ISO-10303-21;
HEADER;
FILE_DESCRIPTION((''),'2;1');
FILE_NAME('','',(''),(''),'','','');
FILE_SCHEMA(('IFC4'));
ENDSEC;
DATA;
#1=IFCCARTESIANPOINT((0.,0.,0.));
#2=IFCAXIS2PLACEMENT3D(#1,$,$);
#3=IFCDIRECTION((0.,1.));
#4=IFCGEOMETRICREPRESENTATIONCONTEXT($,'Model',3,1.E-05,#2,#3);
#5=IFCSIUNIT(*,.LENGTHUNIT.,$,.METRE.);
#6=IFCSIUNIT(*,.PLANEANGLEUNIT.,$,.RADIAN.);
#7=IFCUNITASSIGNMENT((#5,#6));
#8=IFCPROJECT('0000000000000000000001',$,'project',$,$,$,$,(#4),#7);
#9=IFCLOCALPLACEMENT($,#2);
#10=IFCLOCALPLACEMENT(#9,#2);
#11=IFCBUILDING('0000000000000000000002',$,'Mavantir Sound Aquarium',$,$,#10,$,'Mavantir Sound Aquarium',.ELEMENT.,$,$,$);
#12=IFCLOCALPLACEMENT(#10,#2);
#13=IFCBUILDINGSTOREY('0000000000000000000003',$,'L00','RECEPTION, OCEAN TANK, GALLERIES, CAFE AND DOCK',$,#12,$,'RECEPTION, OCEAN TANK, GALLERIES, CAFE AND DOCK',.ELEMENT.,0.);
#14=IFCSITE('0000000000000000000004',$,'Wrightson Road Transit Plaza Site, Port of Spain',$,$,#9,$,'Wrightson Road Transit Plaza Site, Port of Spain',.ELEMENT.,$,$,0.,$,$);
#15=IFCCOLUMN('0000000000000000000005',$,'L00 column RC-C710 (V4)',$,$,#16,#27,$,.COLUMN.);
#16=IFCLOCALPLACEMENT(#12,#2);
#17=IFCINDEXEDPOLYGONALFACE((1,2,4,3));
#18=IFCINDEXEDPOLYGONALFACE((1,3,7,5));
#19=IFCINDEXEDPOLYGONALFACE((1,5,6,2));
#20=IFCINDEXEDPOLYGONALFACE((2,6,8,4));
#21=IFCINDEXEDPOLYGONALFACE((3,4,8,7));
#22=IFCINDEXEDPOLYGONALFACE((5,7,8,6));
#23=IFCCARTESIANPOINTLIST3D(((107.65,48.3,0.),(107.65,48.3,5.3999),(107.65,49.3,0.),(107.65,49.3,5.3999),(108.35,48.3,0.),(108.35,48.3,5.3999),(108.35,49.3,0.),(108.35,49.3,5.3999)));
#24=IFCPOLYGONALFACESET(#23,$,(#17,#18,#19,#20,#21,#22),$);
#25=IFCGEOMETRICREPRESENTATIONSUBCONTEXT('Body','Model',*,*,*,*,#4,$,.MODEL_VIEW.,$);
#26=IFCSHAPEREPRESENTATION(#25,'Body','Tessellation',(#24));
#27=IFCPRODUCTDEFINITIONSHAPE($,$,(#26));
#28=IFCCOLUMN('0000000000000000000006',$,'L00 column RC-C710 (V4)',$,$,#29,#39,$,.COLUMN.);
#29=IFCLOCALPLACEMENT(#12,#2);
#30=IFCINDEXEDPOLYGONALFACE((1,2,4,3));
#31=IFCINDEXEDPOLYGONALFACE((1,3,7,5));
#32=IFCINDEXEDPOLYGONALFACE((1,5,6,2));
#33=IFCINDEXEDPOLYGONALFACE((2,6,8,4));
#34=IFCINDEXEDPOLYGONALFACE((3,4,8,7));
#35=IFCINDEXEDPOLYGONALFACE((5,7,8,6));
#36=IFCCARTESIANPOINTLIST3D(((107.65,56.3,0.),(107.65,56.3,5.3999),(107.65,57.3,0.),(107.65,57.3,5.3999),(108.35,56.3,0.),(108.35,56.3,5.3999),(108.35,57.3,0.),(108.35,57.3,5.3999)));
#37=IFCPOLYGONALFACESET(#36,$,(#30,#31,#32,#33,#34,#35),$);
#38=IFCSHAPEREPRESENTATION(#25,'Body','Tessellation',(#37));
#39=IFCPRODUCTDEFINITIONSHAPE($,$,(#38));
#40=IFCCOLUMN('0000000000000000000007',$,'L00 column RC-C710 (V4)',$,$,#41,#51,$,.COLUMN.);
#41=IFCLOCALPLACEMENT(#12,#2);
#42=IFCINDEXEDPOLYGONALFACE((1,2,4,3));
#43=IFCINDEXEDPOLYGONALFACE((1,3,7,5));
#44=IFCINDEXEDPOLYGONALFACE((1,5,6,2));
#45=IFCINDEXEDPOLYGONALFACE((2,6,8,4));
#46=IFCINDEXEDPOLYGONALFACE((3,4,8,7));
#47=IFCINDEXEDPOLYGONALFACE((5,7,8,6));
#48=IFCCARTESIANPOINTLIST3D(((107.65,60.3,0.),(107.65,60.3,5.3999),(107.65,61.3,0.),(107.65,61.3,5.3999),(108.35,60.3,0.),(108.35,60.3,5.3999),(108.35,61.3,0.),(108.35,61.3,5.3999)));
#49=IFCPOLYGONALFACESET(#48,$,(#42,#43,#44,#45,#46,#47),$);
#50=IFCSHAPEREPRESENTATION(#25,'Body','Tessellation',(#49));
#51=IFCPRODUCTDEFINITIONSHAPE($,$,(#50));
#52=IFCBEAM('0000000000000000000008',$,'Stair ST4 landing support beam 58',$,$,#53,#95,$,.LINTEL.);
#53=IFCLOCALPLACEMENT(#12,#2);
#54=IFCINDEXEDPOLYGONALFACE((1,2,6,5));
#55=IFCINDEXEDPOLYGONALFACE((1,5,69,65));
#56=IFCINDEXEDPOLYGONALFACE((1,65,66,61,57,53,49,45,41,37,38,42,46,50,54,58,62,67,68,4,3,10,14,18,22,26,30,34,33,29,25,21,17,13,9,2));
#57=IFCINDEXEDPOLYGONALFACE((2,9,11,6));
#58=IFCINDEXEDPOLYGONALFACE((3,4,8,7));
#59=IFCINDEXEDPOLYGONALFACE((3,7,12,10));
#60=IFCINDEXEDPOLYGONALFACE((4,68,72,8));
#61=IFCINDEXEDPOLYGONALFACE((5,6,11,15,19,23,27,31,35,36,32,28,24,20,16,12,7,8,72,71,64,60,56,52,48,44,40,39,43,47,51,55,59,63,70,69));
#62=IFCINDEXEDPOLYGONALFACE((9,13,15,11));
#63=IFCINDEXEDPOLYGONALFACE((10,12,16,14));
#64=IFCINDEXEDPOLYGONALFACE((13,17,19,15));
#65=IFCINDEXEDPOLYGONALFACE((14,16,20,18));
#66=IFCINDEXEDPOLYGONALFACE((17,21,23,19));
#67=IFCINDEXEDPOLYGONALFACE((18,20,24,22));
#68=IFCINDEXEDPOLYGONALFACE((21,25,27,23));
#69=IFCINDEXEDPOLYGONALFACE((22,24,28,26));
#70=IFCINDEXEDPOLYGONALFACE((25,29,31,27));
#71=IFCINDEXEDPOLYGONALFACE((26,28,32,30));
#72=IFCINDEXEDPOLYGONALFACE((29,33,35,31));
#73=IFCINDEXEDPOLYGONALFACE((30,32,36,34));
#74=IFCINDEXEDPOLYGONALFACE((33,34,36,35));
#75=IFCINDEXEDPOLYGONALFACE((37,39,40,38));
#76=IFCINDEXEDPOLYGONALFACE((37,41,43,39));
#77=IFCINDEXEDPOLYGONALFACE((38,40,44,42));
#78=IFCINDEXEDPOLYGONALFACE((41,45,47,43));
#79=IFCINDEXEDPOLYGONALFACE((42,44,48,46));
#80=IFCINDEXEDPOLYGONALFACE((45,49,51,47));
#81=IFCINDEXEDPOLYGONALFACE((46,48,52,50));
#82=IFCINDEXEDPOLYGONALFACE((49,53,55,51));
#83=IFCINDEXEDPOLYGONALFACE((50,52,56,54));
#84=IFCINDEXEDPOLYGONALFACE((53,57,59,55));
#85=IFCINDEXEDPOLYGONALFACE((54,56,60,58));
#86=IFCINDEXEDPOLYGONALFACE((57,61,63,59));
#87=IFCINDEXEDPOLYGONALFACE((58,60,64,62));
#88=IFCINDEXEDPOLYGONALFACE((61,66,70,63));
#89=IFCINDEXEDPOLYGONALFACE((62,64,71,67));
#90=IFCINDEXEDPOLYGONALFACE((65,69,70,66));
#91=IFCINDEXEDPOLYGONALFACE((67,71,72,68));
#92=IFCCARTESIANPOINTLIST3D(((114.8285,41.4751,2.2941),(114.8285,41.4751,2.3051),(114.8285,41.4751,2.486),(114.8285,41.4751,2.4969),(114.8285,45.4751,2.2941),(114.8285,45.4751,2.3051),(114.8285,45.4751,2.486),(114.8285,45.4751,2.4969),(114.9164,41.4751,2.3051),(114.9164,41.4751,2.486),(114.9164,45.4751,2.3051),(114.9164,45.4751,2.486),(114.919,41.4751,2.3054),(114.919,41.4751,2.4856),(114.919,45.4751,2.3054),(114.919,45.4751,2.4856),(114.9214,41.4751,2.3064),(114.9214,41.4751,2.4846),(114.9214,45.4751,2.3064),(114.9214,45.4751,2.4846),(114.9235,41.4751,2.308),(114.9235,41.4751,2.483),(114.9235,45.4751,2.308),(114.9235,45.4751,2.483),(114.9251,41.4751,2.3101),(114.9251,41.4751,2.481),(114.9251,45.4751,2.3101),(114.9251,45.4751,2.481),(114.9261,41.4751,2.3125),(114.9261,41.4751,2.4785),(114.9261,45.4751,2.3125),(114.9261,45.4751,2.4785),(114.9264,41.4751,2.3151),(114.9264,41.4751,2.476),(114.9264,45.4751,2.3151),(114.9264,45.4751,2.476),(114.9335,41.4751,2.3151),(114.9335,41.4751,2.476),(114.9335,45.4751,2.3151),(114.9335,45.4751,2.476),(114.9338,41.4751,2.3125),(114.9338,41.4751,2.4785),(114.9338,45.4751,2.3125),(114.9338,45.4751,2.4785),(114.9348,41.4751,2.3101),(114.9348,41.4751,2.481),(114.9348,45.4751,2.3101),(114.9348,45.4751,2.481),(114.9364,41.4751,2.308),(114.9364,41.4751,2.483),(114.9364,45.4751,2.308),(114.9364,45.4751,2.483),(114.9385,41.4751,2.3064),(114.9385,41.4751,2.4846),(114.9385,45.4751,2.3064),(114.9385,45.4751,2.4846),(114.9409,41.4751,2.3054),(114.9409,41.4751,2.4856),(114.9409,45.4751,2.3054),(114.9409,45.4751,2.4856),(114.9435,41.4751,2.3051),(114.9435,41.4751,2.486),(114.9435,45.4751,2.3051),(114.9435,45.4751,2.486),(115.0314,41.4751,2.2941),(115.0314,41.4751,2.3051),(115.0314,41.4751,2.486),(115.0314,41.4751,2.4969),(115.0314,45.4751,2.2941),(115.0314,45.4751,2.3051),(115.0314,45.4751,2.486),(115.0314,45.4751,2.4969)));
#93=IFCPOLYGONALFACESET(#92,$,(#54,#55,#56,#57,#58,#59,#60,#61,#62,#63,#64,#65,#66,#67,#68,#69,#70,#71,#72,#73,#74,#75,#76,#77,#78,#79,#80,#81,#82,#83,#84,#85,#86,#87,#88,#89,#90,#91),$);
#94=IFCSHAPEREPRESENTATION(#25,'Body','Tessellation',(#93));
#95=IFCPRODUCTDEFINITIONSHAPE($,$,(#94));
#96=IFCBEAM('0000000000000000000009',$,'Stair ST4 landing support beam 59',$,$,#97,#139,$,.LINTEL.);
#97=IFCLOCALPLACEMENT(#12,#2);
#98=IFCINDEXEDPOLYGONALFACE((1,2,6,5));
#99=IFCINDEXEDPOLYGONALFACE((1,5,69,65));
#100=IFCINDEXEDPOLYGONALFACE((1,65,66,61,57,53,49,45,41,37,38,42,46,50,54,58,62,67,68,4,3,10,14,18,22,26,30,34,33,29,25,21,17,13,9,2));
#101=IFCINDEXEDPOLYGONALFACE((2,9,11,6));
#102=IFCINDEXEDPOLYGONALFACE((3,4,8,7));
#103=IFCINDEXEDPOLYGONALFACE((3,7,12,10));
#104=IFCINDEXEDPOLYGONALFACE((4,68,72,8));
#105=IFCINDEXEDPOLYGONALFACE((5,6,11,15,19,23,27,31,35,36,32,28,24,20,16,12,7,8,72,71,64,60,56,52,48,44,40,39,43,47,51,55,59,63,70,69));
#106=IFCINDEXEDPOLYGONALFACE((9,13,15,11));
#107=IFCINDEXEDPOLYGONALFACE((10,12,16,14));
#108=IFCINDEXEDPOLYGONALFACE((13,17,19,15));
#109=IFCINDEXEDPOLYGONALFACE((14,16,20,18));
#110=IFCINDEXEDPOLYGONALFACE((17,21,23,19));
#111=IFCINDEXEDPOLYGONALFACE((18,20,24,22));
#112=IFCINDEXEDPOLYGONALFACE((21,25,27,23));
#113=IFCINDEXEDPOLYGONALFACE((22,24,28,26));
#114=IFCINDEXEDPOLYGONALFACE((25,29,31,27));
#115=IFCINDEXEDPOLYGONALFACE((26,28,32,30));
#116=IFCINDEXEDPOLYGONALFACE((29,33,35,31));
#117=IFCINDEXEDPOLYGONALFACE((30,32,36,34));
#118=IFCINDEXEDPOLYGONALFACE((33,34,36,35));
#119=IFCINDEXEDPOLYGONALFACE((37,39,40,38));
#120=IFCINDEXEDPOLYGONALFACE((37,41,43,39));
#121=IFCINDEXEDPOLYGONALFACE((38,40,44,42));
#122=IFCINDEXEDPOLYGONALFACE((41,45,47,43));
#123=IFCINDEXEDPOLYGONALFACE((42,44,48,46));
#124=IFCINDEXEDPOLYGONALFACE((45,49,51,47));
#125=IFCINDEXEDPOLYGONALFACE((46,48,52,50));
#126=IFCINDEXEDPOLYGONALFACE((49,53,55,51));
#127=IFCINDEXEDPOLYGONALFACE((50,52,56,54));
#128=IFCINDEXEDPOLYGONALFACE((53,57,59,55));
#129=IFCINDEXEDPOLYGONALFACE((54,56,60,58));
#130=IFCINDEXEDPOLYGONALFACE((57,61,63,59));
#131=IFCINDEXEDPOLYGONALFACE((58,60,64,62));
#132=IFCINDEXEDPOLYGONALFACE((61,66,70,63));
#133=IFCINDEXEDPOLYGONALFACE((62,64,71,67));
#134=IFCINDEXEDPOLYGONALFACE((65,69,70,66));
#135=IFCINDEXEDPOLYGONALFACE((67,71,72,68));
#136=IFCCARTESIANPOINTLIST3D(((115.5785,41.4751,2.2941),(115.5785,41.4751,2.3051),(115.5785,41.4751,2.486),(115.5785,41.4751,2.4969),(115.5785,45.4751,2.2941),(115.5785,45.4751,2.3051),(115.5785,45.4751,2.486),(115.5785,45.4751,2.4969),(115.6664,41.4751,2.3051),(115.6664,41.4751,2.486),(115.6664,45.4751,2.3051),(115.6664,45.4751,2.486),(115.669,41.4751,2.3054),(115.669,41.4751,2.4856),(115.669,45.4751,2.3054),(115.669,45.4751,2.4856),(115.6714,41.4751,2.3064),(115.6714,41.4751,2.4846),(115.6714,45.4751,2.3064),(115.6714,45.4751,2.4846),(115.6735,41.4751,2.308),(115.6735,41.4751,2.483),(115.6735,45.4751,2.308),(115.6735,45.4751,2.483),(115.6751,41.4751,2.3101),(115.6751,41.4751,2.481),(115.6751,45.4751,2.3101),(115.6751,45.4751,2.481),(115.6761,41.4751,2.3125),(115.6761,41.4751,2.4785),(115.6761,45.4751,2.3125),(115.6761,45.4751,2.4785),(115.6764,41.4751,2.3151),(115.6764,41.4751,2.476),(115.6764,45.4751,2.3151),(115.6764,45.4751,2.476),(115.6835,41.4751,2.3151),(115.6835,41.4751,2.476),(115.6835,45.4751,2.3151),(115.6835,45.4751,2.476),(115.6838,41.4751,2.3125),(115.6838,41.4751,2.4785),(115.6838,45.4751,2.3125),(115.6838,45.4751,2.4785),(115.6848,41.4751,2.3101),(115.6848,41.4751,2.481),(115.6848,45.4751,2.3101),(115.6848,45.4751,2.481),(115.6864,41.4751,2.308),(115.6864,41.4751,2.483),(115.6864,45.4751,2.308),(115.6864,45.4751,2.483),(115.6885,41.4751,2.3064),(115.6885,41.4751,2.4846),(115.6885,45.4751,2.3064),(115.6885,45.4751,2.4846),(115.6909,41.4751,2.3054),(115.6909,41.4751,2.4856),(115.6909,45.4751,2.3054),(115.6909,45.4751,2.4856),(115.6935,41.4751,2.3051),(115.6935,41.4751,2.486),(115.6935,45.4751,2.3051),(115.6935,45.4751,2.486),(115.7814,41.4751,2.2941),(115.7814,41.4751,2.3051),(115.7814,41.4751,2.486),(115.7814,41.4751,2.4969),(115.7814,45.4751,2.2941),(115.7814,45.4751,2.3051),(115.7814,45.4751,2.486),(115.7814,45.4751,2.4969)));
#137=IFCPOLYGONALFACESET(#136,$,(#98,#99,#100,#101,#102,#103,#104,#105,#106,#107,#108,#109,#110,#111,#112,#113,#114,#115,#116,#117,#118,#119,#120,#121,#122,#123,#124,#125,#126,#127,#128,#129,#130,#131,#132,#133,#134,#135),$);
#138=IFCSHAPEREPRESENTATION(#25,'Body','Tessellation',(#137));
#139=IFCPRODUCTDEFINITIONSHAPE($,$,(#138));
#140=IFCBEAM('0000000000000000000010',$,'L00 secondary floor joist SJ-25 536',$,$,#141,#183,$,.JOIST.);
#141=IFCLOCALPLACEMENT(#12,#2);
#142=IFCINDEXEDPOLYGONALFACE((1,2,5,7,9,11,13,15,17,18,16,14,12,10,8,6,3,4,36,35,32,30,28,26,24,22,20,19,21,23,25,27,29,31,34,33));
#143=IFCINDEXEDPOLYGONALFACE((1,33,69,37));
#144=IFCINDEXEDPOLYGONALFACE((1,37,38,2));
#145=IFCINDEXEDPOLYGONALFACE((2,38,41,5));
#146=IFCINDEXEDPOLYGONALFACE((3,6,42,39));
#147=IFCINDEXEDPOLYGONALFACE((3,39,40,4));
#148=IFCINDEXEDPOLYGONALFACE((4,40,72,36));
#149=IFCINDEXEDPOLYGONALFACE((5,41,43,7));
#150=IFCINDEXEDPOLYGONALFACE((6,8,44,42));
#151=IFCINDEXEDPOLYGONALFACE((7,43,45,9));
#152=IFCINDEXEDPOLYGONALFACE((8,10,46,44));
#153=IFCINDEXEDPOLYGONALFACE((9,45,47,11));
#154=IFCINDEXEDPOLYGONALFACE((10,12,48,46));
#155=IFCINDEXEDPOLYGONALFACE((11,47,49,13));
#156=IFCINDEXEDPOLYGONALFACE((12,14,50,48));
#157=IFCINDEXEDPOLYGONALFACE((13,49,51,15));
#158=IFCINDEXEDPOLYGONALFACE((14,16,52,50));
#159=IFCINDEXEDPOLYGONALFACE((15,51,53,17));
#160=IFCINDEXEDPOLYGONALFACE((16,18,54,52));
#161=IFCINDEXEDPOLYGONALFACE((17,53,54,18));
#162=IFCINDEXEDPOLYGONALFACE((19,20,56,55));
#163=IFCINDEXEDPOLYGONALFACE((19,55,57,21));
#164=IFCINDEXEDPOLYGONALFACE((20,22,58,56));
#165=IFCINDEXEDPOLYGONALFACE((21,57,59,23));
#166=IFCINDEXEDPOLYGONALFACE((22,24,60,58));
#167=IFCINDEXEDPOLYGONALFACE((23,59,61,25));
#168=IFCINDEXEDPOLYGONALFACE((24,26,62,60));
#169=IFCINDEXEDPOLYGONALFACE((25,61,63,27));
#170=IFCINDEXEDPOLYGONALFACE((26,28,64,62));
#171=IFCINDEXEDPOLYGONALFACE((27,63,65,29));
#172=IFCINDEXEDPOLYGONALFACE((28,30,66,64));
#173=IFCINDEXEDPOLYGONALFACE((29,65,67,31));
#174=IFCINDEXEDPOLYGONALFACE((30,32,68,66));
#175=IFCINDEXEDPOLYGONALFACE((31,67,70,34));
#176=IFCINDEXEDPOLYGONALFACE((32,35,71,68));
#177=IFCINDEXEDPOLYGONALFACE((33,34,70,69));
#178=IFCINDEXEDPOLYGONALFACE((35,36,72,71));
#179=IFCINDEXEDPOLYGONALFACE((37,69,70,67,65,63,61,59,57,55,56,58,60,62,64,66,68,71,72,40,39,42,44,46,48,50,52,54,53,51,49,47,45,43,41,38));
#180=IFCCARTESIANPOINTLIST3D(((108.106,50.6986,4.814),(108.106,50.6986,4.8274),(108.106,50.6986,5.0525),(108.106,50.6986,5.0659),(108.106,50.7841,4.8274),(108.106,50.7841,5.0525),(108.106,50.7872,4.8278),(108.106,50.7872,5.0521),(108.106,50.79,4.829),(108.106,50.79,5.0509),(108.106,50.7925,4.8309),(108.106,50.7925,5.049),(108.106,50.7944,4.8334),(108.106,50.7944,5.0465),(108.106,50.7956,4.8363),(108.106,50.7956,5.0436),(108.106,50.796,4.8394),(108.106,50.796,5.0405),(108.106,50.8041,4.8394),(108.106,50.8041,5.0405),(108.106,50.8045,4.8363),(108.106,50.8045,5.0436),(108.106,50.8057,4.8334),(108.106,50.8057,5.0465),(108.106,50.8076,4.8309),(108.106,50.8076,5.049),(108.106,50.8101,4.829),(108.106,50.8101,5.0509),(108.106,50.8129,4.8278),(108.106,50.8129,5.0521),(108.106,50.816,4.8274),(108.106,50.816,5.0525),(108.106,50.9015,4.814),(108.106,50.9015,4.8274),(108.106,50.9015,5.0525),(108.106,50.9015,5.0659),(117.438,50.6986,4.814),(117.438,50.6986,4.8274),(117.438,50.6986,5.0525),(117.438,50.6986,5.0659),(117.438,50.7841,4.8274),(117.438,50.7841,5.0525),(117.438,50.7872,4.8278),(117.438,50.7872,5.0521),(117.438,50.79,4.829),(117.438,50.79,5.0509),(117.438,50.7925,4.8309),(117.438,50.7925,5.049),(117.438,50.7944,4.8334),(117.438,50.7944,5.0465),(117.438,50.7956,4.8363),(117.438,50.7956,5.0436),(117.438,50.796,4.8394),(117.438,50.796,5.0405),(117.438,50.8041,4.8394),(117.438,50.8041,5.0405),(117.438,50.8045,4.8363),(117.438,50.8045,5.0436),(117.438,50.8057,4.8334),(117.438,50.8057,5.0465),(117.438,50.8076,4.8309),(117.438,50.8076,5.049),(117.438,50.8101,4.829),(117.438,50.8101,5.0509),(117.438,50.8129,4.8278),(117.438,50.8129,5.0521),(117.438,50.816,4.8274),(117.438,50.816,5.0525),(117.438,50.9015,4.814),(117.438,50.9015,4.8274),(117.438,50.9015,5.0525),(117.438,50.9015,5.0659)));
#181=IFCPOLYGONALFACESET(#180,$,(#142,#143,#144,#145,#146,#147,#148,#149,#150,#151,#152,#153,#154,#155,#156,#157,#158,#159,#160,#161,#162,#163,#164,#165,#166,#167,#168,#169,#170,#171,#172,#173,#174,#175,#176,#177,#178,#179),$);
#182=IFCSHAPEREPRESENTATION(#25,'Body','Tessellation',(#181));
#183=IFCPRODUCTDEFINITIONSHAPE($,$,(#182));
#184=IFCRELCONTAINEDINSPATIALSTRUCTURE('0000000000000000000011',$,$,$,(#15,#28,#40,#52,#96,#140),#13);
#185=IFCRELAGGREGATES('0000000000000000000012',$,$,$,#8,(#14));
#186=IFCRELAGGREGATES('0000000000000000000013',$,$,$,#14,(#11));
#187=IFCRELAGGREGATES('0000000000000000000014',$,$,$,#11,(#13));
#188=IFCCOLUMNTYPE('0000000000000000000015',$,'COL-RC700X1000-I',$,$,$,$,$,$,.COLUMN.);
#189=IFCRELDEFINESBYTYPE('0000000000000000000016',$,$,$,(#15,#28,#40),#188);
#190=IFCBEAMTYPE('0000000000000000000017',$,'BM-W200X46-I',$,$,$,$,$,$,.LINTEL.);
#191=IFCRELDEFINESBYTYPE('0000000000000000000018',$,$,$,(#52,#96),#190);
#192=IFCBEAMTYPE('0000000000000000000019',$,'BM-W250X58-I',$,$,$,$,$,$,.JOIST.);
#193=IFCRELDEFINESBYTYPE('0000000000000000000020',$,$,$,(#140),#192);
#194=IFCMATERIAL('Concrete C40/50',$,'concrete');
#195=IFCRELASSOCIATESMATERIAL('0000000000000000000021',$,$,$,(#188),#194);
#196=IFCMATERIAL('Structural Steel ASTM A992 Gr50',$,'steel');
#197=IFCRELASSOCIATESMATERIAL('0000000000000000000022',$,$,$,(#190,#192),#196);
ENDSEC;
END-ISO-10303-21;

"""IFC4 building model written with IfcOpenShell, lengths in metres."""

from ifc_helpers import new_model, si_unit, direction, frame, origin, origin_2d, place, context, subcontext, project, spatial, rectangle, i_section, extrude, material, material_profile, profile_set, type_object, element, save


model = new_model("IFC4")

# Units and contexts
model_context = context("Model", 3, precision=1e-05, world=origin(), true_north=direction((0.0, 1.0)))
body_context = subcontext(model_context, "Body", "Model", "MODEL_VIEW")
ifc_project = project(units=[si_unit("LENGTHUNIT", "METRE"), si_unit("PLANEANGLEUNIT", "RADIAN")], contexts=[model_context])

# Site, building, storey
site_placement = place(None, origin())
site = spatial("IfcSite", under=ifc_project, at=site_placement, Name="Wrightson Road Transit Plaza Site, Port of Spain", LongName="Wrightson Road Transit Plaza Site, Port of Spain", CompositionType="ELEMENT", RefElevation=0.0)
building_placement = place(site_placement, origin())
building = spatial("IfcBuilding", under=site, at=building_placement, Name="Mavantir Sound Aquarium", LongName="Mavantir Sound Aquarium", CompositionType="ELEMENT")
storey_placement = place(building_placement, origin())
storey = spatial("IfcBuildingStorey", under=building, at=storey_placement, Name="L00", Description="RECEPTION, OCEAN TANK, GALLERIES, CAFE AND DOCK", LongName="RECEPTION, OCEAN TANK, GALLERIES, CAFE AND DOCK", CompositionType="ELEMENT", Elevation=0.0)

# Columns
ifc_material_1 = material(Name="Concrete C40/50", Category="concrete")
ifc_material_profile_1 = material_profile(ifc_material_1, rectangle(XDim=0.7, YDim=1.0, at=origin_2d()), Name="RC 700X1000")
ifc_profile_set_1 = profile_set([ifc_material_profile_1], Name="Concrete C40/50")
column_type = type_object("IfcColumnType", Name="COL-RC700X1000-I", PredefinedType="COLUMN", material=ifc_profile_set_1)
for number, where, z_axis, x_axis, name in (
    (1, (108.0, 48.8, 0.0), (0.0, 0.0, 1.0), (1.0, 0.0, 0.0), "L00 column RC-C710 (V4)"),
    (2, (108.0, 56.8, 0.0), (0.0, 0.0, 1.0), (1.0, 0.0, 0.0), "L00 column RC-C710 (V4)"),
    (3, (108.0, 60.8, 0.0), (0.0, 0.0, 1.0), (1.0, 0.0, 0.0), "L00 column RC-C710 (V4)"),
):
    element("IfcColumn", number, at=place(storey_placement, frame(where, z_axis=z_axis, x_axis=x_axis)), inside=storey, type_object=column_type, Name=name, PredefinedType="COLUMN", context=body_context, shape_type="SweptSolid", body=[
        extrude(rectangle(XDim=0.7, YDim=1.0, at=origin_2d()), origin(), (0.0, 0.0, 1.0), 5.3999),
    ])

# Beams
ifc_material_2 = material(Name="Structural Steel ASTM A992 Gr50", Category="steel")
ifc_material_profile_2 = material_profile(ifc_material_2, i_section(OverallWidth=0.2029, OverallDepth=0.2029, WebThickness=0.0071, FlangeThickness=0.011, FilletRadius=0.01, at=origin_2d()), Name="W200X46")
ifc_profile_set_2 = profile_set([ifc_material_profile_2], Name="Structural Steel ASTM A992 Gr50")
beam_type_1 = type_object("IfcBeamType", Name="BM-W200X46-I", PredefinedType="LINTEL", material=ifc_profile_set_2)
for number, where, z_axis, x_axis, name in (
    (4, (114.9299, 41.4751, 2.3955), (0.0, 1.0, 0.0), (-1.0, 0.0, 0.0), "Stair ST4 landing support beam 58"),
    (5, (115.6799, 41.4751, 2.3955), (0.0, 1.0, 0.0), (-1.0, 0.0, 0.0), "Stair ST4 landing support beam 59"),
):
    element("IfcBeam", number, at=place(storey_placement, frame(where, z_axis=z_axis, x_axis=x_axis)), inside=storey, type_object=beam_type_1, Name=name, PredefinedType="LINTEL", context=body_context, shape_type="SweptSolid", body=[
        extrude(i_section(OverallWidth=0.2029, OverallDepth=0.2029, WebThickness=0.0071, FlangeThickness=0.011, FilletRadius=0.01, at=origin_2d()), origin(), (0.0, 0.0, 1.0), 4.0),
    ])
ifc_material_profile_3 = material_profile(ifc_material_2, i_section(OverallWidth=0.2029, OverallDepth=0.252, WebThickness=0.0081, FlangeThickness=0.0134, FilletRadius=0.012, at=origin_2d()), Name="W250X58")
ifc_profile_set_3 = profile_set([ifc_material_profile_3], Name="Structural Steel ASTM A992 Gr50")
beam_type_2 = type_object("IfcBeamType", Name="BM-W250X58-I", PredefinedType="JOIST", material=ifc_profile_set_3)
beam_1_placement = place(storey_placement, frame((108.106, 50.8, 4.9399), z_axis=(1.0, 0.0, 0.0), x_axis=(0.0, 1.0, 0.0)))
element("IfcBeam", 6, at=beam_1_placement, inside=storey, type_object=beam_type_2, Name="L00 secondary floor joist SJ-25 536", PredefinedType="JOIST", context=body_context, shape_type="SweptSolid", body=[
    extrude(i_section(OverallWidth=0.2029, OverallDepth=0.252, WebThickness=0.0081, FlangeThickness=0.0134, FilletRadius=0.012, at=origin_2d()), origin(), (0.0, 0.0, 1.0), 9.332),
])

save(model, "model.ifc")
